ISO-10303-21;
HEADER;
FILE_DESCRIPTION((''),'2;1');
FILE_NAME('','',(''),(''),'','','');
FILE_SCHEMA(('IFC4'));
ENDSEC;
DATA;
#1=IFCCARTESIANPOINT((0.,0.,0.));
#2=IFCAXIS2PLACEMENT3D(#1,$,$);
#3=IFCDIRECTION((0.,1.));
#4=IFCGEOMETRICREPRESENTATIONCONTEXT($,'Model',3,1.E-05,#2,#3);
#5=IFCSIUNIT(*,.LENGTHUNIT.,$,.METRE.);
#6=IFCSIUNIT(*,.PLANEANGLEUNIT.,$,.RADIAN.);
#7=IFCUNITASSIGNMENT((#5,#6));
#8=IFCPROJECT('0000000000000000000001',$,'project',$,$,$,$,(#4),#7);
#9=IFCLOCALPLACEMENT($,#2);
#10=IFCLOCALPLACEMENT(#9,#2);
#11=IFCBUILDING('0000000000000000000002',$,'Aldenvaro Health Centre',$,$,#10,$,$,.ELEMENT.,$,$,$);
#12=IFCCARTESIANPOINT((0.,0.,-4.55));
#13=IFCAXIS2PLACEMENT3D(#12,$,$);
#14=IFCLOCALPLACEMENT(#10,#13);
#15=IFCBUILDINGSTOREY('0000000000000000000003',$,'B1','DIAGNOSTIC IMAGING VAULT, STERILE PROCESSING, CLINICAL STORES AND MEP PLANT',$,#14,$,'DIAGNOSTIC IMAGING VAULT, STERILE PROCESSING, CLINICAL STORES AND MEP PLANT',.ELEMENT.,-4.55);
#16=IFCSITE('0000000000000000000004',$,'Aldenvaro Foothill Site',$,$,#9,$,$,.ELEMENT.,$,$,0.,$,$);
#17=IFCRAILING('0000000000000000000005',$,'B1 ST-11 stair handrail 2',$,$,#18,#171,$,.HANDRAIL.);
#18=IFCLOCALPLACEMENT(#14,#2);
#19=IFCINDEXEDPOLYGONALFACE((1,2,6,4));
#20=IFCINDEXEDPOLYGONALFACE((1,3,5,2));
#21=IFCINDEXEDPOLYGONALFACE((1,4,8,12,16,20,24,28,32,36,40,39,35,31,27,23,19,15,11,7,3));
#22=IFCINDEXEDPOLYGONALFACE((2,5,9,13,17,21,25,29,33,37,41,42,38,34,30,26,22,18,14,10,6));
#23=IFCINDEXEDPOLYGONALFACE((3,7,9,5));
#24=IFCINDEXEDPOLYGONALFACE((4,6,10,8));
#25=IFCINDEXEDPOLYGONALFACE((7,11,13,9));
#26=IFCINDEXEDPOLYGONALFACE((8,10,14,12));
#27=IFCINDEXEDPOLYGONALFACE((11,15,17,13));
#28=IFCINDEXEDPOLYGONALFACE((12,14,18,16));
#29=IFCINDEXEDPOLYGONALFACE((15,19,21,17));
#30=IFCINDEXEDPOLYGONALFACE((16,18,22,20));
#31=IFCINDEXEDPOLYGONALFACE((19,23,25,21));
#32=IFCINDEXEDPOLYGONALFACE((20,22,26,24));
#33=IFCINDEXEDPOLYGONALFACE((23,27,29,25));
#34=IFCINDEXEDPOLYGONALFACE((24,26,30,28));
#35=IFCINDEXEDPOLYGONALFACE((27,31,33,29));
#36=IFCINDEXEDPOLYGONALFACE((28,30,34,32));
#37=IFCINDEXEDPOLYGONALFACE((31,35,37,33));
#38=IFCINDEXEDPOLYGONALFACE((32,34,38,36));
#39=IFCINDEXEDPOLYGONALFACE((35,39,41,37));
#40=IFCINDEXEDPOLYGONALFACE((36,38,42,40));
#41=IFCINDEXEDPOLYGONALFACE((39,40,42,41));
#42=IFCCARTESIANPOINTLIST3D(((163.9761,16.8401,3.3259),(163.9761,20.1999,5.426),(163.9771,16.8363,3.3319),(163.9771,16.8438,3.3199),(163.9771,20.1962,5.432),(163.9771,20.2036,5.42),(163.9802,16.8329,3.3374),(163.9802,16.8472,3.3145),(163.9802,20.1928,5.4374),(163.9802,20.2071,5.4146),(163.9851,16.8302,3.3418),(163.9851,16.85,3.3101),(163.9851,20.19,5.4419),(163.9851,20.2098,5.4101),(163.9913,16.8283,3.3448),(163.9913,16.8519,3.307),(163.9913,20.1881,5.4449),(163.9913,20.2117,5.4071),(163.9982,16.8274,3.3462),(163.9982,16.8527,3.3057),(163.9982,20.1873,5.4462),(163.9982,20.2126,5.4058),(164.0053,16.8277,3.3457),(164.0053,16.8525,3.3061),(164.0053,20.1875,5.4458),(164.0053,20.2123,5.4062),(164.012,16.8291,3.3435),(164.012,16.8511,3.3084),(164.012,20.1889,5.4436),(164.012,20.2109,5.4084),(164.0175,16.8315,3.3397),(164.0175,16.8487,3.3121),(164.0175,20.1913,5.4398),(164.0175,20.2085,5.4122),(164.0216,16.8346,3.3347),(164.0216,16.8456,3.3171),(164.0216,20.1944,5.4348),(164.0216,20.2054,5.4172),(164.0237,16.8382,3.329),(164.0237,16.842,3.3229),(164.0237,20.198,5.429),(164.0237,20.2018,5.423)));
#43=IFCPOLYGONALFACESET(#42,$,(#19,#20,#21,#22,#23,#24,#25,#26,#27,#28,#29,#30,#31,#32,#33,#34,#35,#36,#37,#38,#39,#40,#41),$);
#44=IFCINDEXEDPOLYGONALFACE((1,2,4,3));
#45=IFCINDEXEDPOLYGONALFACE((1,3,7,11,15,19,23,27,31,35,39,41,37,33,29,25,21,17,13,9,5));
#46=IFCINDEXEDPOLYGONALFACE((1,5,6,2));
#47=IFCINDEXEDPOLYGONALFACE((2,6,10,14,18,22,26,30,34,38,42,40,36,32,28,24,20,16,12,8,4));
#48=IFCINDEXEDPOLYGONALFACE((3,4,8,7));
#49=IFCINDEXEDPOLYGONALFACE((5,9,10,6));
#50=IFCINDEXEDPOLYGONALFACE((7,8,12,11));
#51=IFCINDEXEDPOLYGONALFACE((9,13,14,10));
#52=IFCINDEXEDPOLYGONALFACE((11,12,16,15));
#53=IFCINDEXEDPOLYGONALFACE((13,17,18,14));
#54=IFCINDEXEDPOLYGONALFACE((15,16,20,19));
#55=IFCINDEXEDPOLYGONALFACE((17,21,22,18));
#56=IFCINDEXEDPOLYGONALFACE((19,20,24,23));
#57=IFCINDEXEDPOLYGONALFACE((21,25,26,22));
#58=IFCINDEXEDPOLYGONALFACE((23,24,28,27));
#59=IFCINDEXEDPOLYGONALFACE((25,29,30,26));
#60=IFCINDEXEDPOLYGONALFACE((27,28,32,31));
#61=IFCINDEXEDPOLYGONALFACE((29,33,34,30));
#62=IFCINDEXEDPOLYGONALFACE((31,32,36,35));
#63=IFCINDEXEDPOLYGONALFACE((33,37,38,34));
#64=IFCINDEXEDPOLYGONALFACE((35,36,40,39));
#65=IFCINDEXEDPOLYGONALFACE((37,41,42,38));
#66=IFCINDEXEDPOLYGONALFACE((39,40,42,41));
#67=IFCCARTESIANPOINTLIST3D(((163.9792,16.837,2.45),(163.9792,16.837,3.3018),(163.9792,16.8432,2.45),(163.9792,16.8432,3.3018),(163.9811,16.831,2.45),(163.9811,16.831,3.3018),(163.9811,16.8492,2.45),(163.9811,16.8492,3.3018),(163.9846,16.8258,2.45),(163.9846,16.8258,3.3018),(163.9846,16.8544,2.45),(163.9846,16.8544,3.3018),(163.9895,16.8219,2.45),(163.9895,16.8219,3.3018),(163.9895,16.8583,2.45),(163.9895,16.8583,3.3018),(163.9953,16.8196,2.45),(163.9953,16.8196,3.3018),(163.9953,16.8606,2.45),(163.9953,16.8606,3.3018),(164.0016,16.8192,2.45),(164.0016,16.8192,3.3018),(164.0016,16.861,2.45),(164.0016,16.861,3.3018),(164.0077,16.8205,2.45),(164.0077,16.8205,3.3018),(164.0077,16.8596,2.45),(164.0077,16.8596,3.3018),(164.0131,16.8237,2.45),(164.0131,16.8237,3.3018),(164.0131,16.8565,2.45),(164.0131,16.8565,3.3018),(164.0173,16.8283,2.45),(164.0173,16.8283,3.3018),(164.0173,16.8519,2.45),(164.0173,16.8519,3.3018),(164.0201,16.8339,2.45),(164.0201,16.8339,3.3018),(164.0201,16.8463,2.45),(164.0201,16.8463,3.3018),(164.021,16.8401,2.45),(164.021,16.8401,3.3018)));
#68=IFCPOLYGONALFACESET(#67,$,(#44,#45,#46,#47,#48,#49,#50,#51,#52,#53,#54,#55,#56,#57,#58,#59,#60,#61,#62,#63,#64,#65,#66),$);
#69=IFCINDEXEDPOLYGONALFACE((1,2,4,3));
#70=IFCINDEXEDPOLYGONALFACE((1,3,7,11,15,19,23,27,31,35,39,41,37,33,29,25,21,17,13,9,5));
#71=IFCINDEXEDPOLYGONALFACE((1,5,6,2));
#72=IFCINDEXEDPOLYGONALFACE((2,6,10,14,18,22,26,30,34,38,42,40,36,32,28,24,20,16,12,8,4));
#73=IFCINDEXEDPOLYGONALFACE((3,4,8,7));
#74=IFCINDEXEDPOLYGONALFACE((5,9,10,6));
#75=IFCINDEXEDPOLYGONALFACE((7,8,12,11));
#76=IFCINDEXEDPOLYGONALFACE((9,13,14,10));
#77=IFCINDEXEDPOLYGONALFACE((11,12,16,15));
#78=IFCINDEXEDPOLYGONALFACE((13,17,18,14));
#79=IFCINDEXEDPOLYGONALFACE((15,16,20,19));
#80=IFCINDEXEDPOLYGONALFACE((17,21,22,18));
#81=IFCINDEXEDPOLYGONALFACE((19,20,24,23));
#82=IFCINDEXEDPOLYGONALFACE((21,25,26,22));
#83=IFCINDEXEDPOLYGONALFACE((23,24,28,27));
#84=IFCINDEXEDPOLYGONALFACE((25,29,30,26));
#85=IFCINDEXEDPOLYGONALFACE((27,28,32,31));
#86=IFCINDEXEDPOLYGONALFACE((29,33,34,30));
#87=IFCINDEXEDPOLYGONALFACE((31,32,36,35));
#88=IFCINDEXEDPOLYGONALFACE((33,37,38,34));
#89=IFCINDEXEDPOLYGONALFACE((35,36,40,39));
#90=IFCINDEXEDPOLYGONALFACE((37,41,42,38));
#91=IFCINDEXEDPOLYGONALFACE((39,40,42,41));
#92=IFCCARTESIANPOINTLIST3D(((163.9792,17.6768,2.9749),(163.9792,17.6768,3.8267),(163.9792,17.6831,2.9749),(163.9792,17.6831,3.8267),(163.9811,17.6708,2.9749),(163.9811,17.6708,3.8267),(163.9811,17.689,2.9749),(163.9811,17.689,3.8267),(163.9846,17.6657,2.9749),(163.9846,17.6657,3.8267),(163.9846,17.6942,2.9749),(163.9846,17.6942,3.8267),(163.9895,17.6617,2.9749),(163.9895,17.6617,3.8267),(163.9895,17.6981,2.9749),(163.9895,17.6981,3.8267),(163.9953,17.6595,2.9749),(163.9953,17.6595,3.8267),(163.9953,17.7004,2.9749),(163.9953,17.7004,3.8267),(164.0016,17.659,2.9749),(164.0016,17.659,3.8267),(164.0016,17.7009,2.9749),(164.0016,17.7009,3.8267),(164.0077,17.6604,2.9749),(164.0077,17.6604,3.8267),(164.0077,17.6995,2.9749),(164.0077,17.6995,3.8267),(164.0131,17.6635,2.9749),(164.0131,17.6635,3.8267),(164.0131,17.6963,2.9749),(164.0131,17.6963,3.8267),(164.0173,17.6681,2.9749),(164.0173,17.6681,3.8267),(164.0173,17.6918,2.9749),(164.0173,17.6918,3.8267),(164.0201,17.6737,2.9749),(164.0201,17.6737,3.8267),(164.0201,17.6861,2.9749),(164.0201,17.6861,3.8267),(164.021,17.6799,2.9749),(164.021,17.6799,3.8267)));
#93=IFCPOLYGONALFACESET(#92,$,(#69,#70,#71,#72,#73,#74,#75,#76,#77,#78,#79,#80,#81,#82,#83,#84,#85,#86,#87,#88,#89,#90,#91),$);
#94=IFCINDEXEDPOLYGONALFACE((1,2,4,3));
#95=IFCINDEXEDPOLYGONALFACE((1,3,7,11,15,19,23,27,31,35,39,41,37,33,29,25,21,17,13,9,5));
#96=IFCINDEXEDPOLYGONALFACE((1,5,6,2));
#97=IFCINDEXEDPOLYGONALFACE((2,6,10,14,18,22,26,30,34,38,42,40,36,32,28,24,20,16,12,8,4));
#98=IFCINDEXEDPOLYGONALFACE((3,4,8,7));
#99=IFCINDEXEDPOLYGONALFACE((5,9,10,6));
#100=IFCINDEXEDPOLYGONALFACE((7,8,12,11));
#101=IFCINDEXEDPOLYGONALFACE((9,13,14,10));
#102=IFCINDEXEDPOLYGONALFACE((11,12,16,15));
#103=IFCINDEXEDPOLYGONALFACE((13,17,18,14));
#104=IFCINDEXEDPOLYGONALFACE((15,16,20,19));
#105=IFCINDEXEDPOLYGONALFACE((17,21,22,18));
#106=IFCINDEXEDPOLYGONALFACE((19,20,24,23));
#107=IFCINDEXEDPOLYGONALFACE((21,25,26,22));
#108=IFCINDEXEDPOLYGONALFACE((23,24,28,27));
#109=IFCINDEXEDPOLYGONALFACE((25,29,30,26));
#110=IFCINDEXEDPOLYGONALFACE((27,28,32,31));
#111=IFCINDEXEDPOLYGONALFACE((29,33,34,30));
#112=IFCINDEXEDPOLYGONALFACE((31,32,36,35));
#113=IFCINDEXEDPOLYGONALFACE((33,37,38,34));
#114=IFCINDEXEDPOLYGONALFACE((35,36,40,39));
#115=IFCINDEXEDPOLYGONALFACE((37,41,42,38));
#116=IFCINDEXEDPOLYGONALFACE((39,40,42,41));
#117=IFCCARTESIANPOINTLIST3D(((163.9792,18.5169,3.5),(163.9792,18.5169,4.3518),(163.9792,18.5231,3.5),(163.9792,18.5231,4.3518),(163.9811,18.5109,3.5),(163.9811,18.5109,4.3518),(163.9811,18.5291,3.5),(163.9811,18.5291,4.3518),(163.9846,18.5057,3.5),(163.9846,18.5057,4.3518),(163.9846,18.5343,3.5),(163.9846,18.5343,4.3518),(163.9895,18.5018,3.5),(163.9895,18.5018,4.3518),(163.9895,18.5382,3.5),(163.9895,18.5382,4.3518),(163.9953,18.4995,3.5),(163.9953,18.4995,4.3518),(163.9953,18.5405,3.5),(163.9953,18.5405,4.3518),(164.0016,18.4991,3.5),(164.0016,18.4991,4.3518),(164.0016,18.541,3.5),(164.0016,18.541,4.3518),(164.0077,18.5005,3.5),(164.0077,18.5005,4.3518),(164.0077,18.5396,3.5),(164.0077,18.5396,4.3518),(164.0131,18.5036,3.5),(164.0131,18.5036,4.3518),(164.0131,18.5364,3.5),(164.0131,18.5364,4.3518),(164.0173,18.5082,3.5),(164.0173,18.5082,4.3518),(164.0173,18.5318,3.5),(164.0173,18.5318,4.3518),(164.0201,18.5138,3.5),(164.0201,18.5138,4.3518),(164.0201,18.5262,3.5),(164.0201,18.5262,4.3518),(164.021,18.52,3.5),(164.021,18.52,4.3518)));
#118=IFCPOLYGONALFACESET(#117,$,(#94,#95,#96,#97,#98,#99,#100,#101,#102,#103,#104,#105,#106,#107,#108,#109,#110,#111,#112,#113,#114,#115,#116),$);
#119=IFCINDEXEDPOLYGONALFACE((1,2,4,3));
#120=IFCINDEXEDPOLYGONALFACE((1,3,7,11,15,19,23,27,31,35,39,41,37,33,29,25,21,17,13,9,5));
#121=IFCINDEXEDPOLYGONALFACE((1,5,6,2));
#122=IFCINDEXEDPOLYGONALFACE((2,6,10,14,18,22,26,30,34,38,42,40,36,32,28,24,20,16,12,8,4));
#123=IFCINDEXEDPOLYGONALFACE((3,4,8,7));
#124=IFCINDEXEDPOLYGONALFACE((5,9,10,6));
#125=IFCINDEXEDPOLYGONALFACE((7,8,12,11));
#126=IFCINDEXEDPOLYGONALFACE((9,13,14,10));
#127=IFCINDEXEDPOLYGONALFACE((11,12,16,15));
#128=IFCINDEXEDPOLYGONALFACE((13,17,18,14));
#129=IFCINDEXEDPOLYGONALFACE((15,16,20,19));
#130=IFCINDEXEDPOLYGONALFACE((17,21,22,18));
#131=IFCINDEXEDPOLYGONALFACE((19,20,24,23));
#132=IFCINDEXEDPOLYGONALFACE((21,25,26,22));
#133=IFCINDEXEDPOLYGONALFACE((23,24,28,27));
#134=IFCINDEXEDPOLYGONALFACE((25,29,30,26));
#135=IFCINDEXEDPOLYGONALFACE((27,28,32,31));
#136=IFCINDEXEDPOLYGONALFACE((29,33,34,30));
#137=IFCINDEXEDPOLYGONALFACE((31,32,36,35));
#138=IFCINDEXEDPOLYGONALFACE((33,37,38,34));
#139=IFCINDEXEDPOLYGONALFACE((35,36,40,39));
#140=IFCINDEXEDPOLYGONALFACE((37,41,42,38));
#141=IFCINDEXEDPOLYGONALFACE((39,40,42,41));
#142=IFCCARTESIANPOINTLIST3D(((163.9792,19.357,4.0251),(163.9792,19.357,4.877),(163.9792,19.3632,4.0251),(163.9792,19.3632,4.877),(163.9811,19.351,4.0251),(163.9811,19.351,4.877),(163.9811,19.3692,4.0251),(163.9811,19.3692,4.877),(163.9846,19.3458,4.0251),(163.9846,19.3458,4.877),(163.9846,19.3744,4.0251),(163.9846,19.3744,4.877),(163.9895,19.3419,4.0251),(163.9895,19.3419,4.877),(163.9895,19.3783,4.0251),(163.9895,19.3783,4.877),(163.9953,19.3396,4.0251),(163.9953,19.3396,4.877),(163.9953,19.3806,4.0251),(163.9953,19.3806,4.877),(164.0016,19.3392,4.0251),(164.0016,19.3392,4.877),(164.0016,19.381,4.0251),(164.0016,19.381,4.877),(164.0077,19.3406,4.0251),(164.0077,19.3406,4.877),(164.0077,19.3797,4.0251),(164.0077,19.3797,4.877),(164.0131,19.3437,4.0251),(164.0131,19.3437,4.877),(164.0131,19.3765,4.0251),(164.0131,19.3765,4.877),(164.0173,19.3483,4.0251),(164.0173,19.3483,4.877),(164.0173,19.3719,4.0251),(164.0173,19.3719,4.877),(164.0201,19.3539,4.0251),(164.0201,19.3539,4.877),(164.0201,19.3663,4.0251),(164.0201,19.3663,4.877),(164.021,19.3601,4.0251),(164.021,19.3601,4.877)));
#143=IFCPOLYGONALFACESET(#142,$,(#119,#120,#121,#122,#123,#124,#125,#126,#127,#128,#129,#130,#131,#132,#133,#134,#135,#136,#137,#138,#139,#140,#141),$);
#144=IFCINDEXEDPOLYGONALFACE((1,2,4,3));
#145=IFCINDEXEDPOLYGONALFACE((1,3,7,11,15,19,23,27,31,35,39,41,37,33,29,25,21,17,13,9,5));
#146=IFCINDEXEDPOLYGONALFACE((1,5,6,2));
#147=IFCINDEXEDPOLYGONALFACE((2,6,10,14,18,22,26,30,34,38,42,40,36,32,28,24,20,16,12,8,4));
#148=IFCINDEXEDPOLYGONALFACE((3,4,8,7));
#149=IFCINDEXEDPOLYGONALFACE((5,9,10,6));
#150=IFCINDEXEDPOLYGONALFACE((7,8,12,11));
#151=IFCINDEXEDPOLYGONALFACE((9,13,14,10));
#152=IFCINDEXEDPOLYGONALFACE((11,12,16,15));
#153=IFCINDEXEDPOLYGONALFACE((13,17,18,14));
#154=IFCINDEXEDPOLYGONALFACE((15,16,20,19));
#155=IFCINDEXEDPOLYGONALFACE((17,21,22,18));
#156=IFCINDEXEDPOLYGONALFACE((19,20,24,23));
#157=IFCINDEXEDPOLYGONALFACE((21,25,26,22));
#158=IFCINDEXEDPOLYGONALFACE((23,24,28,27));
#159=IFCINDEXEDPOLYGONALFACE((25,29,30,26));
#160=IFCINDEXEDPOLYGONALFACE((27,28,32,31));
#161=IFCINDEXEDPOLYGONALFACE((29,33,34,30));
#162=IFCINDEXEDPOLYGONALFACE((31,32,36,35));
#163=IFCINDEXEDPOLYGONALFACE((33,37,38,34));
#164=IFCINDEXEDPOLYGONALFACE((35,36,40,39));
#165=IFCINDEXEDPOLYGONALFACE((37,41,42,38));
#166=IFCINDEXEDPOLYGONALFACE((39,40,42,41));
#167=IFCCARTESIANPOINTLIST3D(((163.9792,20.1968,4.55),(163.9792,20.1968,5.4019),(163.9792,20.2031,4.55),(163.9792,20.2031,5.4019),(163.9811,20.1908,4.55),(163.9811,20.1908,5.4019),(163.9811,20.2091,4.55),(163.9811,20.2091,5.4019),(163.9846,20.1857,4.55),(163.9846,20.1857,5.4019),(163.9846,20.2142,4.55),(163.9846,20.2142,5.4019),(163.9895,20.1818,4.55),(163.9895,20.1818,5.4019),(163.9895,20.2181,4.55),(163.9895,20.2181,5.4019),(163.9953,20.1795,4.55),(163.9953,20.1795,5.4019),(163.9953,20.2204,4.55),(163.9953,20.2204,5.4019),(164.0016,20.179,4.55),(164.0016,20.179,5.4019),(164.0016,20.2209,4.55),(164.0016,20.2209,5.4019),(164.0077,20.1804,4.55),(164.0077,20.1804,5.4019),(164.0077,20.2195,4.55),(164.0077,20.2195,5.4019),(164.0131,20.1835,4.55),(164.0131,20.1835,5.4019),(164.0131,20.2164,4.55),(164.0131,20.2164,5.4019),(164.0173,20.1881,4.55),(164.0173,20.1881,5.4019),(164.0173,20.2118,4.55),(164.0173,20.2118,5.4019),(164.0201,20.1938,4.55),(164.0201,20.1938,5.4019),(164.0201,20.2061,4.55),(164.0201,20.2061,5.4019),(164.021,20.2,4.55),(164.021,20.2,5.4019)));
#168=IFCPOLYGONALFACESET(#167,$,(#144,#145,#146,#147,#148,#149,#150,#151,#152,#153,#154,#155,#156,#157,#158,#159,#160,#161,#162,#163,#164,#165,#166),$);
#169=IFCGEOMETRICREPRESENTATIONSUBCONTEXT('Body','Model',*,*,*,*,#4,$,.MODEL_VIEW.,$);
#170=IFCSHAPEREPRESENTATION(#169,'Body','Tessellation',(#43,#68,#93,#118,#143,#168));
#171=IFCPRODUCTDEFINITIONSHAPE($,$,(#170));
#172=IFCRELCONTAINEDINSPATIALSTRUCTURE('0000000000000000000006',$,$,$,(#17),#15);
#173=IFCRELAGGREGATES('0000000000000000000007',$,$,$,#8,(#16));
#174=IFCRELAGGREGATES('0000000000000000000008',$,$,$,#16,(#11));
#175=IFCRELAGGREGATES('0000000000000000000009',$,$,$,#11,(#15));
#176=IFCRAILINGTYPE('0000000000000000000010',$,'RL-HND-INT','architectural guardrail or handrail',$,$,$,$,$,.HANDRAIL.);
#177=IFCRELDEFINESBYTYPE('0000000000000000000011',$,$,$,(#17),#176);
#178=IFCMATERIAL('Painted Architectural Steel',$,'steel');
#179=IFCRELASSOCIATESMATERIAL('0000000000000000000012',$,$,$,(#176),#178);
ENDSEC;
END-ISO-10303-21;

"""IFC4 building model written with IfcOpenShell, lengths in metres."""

from ifc_helpers import new_model, si_unit, direction, frame, origin, origin_2d, place, context, subcontext, project, spatial, circle, extrude, material, type_object, element, save


model = new_model("IFC4")

# Units and contexts
model_context = context("Model", 3, precision=1e-05, world=origin(), true_north=direction((0.0, 1.0)))
body_context = subcontext(model_context, "Body", "Model", "MODEL_VIEW")
ifc_project = project(units=[si_unit("LENGTHUNIT", "METRE"), si_unit("PLANEANGLEUNIT", "RADIAN")], contexts=[model_context])

# Site, building, storey
site_placement = place(None, origin())
site = spatial("IfcSite", under=ifc_project, at=site_placement, Name="Aldenvaro Foothill Site", CompositionType="ELEMENT", RefElevation=0.0)
building_placement = place(site_placement, origin())
building = spatial("IfcBuilding", under=site, at=building_placement, Name="Aldenvaro Health Centre", CompositionType="ELEMENT")
storey_placement = place(building_placement, frame((0.0, 0.0, -4.55)))
storey = spatial("IfcBuildingStorey", under=building, at=storey_placement, Name="B1", Description="DIAGNOSTIC IMAGING VAULT, STERILE PROCESSING, CLINICAL STORES AND MEP PLANT", LongName="DIAGNOSTIC IMAGING VAULT, STERILE PROCESSING, CLINICAL STORES AND MEP PLANT", CompositionType="ELEMENT", Elevation=-4.55)

# Railing
ifc_material_1 = material(Name="Painted Architectural Steel", Category="steel")
railing_type_1 = type_object("IfcRailingType", Name="RL-HND-INT", Description="architectural guardrail or handrail", PredefinedType="HANDRAIL", material=ifc_material_1)
railing_1_placement = place(storey_placement, frame((164.0, 16.8401, 2.45)))
element("IfcRailing", 1, at=railing_1_placement, inside=storey, type_object=railing_type_1, Name="B1 ST-11 stair handrail 2", PredefinedType="HANDRAIL", context=body_context, shape_type="SweptSolid", body=[
    extrude(circle(Radius=0.0239, at=origin_2d()), frame((0.0, 0.0, 0.876), z_axis=(0.0, 0.847978, 0.530032), x_axis=(-1.0, 0.0, 0.0)), (0.0, 0.0, 1.0), 3.9622),
    extrude(circle(Radius=0.021, at=origin_2d()), origin(), (0.0, 0.0, 1.0), 0.8518),
    extrude(circle(Radius=0.021, at=origin_2d()), frame((0.0, 0.8398, 0.5249)), (0.0, 0.0, 1.0), 0.8518),
    extrude(circle(Radius=0.021, at=origin_2d()), frame((0.0, 1.6799, 1.05)), (0.0, 0.0, 1.0), 0.8518),
    extrude(circle(Radius=0.021, at=origin_2d()), frame((0.0, 2.52, 1.5752)), (0.0, 0.0, 1.0), 0.8518),
    extrude(circle(Radius=0.021, at=origin_2d()), frame((0.0, 3.3599, 2.1001)), (0.0, 0.0, 1.0), 0.8518),
])

save(model, "model.ifc")
